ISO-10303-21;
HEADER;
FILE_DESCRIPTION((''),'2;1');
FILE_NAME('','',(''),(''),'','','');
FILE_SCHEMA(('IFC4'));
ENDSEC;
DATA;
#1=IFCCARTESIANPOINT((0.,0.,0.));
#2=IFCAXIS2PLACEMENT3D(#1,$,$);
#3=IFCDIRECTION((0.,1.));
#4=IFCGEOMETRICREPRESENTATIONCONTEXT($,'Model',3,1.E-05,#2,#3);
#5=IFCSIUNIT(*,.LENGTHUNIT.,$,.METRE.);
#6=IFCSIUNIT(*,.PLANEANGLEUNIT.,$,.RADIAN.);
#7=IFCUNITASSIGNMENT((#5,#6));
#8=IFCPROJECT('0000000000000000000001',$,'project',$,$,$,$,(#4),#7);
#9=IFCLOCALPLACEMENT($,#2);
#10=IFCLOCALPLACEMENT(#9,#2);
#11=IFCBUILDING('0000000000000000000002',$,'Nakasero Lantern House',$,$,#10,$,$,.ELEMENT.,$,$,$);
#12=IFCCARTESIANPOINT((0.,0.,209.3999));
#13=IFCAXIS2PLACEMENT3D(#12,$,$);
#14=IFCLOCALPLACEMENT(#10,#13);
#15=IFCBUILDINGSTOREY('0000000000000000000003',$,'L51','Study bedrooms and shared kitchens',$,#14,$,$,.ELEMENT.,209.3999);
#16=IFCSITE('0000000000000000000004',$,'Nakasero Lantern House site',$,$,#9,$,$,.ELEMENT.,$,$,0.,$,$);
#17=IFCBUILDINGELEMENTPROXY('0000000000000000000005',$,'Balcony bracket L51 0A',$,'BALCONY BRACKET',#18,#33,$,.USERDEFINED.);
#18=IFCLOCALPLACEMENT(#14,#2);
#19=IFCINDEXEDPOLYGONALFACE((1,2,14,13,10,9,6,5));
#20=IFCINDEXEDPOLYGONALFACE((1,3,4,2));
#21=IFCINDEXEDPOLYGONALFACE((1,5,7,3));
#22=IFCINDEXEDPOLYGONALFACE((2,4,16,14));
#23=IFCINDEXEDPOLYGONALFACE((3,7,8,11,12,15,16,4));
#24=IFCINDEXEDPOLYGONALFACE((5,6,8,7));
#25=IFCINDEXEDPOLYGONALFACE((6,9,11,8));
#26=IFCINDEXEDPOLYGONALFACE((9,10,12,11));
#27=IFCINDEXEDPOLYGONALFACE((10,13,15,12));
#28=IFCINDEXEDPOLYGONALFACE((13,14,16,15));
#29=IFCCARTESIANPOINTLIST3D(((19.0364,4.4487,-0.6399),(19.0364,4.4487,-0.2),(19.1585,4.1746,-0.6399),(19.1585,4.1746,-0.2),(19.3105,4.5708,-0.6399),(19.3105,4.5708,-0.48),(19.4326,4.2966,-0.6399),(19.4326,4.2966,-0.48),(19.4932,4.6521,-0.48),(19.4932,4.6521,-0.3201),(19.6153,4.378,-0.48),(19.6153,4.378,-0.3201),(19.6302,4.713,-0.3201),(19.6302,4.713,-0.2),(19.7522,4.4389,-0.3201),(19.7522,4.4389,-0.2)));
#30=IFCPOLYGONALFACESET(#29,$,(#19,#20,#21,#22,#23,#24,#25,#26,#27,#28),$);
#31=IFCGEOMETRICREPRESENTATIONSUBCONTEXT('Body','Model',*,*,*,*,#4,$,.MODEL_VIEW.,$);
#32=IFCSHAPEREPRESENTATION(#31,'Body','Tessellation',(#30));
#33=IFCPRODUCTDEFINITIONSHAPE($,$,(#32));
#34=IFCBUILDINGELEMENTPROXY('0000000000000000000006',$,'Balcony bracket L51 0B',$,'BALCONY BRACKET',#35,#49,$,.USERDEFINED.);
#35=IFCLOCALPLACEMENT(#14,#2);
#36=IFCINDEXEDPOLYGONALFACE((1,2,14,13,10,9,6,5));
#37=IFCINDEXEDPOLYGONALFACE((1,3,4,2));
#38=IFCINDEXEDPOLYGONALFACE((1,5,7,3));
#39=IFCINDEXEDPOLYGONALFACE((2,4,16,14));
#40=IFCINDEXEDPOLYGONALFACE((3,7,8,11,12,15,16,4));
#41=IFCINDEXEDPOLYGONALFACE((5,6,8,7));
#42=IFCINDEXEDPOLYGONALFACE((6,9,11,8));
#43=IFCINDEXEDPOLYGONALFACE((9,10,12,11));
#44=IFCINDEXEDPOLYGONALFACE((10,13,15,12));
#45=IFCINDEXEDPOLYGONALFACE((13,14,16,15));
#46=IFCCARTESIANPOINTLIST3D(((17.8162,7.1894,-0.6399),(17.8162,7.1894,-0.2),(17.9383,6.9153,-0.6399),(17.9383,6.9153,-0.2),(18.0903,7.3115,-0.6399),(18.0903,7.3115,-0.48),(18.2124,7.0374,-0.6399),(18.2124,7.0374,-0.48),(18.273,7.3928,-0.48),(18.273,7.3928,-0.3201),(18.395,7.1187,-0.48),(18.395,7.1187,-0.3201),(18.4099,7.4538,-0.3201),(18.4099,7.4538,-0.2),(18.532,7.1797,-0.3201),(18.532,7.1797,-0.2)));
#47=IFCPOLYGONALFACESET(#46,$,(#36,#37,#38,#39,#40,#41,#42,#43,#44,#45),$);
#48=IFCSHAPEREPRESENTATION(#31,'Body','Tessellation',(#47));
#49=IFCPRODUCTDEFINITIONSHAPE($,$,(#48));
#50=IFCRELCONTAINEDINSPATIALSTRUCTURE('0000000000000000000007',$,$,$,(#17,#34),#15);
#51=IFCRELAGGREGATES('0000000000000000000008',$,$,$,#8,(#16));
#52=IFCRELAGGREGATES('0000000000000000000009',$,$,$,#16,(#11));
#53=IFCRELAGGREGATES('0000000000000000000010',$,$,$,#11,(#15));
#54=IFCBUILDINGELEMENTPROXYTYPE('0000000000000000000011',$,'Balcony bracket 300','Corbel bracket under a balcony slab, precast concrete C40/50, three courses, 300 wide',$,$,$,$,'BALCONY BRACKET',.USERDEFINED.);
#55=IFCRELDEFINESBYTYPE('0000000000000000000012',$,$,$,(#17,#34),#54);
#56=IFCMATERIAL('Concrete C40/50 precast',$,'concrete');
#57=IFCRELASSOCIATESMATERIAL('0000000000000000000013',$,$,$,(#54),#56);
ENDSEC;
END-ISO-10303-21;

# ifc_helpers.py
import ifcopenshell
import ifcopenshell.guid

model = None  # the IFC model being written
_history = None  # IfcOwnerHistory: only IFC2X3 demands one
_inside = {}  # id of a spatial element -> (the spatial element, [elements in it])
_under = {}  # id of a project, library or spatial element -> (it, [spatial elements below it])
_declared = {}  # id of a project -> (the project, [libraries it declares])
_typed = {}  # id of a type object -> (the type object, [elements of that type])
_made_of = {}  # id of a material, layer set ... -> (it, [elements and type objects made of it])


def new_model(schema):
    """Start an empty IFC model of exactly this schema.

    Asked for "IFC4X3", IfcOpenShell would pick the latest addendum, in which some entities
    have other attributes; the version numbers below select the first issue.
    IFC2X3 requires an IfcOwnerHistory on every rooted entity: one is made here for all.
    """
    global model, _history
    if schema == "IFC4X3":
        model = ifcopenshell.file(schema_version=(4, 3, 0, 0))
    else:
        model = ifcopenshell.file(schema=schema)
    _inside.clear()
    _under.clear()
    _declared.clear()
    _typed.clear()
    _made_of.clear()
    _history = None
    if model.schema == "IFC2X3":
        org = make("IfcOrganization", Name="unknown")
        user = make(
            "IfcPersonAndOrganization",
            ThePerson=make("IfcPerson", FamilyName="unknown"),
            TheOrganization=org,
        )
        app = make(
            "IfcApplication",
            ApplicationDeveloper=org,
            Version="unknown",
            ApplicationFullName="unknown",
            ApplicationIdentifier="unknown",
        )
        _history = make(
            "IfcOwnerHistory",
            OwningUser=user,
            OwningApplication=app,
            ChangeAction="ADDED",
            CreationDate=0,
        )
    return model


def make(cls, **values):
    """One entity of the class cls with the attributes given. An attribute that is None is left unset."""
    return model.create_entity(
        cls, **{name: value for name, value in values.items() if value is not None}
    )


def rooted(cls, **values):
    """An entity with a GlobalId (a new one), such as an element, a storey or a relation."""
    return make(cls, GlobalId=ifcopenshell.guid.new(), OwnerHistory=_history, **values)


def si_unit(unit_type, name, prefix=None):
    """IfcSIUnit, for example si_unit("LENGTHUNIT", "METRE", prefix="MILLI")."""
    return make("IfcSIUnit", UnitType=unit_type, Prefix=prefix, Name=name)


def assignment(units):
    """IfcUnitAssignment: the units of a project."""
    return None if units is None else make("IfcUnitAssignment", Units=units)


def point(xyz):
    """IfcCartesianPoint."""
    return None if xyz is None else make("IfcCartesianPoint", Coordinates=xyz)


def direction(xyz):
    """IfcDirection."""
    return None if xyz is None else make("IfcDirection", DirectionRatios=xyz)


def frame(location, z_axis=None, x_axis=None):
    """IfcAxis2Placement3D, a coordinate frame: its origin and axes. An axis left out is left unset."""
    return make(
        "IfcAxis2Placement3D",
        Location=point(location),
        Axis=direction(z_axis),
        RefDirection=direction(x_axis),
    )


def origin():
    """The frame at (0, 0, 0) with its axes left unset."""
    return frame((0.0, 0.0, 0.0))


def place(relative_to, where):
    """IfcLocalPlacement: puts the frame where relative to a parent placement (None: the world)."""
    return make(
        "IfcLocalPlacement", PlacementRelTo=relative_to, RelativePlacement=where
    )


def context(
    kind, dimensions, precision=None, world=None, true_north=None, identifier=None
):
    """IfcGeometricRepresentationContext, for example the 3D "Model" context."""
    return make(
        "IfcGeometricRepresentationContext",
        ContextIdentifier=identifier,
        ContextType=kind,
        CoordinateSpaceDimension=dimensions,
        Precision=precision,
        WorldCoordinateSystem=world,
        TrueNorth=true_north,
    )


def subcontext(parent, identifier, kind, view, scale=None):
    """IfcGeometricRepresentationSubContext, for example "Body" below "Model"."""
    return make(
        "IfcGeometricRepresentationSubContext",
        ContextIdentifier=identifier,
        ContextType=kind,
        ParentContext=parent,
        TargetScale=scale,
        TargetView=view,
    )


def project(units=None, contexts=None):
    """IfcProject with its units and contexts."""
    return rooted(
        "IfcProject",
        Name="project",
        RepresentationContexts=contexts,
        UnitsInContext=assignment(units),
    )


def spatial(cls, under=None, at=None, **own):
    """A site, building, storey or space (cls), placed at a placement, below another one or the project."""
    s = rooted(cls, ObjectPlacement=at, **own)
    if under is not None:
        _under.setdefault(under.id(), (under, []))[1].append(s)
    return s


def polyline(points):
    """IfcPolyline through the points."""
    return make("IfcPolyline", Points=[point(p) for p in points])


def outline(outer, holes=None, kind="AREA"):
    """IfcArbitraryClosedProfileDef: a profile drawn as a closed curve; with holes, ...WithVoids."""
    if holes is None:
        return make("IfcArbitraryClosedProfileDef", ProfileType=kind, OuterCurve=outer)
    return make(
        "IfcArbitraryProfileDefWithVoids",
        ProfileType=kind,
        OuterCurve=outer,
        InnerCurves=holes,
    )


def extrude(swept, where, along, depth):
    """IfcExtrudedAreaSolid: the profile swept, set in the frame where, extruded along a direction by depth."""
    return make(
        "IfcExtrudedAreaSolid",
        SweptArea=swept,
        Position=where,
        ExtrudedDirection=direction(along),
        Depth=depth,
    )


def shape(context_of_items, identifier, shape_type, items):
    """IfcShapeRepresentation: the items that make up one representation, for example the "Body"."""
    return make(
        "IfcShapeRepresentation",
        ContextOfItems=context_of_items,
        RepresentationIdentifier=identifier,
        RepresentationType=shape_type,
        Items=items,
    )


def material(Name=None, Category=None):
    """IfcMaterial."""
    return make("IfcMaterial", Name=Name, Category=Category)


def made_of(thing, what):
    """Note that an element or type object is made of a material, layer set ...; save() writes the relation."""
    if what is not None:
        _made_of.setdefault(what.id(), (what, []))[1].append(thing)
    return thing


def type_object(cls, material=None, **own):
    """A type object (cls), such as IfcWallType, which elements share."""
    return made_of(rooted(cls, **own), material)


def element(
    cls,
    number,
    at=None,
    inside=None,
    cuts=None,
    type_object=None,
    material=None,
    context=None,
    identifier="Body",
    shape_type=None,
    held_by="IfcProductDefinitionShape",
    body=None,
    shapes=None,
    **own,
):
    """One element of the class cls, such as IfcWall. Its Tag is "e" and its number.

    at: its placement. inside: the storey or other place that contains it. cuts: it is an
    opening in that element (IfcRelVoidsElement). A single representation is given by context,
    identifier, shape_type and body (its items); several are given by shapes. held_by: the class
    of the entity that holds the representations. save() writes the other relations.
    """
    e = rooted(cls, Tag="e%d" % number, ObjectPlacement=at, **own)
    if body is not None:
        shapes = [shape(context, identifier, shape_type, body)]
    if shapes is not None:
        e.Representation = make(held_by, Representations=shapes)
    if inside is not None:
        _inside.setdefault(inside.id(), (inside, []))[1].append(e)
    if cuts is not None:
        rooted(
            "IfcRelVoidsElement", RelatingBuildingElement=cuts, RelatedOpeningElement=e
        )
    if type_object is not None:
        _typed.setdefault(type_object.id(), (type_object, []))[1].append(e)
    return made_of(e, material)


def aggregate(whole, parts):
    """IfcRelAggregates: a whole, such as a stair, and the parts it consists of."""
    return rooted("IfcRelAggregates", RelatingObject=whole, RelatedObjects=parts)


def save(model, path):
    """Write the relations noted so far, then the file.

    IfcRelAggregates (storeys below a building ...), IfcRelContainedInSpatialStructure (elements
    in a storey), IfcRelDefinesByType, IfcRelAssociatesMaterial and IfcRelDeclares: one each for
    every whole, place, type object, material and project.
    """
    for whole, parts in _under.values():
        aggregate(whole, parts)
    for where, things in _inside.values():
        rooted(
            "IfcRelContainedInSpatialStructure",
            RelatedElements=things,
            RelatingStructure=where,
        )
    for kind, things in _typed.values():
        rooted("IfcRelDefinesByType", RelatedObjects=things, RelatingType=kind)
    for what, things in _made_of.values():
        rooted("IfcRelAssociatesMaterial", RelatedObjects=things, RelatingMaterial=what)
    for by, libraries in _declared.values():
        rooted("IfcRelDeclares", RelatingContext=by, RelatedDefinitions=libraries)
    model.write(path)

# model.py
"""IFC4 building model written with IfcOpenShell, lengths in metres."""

from ifc_helpers import new_model, si_unit, direction, frame, origin, place, context, subcontext, project, spatial, polyline, outline, extrude, material, type_object, element, save


model = new_model("IFC4")

# Units and contexts
model_context = context("Model", 3, precision=1e-05, world=origin(), true_north=direction((0.0, 1.0)))
body_context = subcontext(model_context, "Body", "Model", "MODEL_VIEW")
ifc_project = project(units=[si_unit("LENGTHUNIT", "METRE"), si_unit("PLANEANGLEUNIT", "RADIAN")], contexts=[model_context])

# Site, building, storey
site_placement = place(None, origin())
site = spatial("IfcSite", under=ifc_project, at=site_placement, Name="Nakasero Lantern House site", CompositionType="ELEMENT", RefElevation=0.0)
building_placement = place(site_placement, origin())
building = spatial("IfcBuilding", under=site, at=building_placement, Name="Nakasero Lantern House", CompositionType="ELEMENT")
storey_placement = place(building_placement, frame((0.0, 0.0, 209.3999)))
storey = spatial("IfcBuildingStorey", under=building, at=storey_placement, Name="L51", Description="Study bedrooms and shared kitchens", CompositionType="ELEMENT", Elevation=209.3999)

# Building element proxies
ifc_material_1 = material(Name="Concrete C40/50 precast", Category="concrete")
building_element_proxy_type = type_object("IfcBuildingElementProxyType", Name="Balcony bracket 300", Description="Corbel bracket under a balcony slab, precast concrete C40/50, three courses, 300 wide", ElementType="BALCONY BRACKET", PredefinedType="USERDEFINED", material=ifc_material_1)
for number, where, z_axis, x_axis, name in (
    (1, (19.0974, 4.3118, -0.2), (0.0, 0.0, 1.0), (0.913545, 0.406737, 0.0), "Balcony bracket L51 0A"),
    (2, (17.8772, 7.0525, -0.2), (0.0, 0.0, 1.0), (0.913545, 0.406737, 0.0), "Balcony bracket L51 0B"),
):
    element("IfcBuildingElementProxy", number, at=place(storey_placement, frame(where, z_axis=z_axis, x_axis=x_axis)), inside=storey, type_object=building_element_proxy_type, Name=name, ObjectType="BALCONY BRACKET", PredefinedType="USERDEFINED", context=body_context, shape_type="SweptSolid", body=[
        extrude(outline(polyline([(0.0, 0.0), (0.6499, 0.0), (0.6499, -0.1201), (0.5, -0.1201), (0.5, -0.28), (0.3, -0.28), (0.3, -0.4399), (0.0, -0.4399), (0.0, 0.0)])), frame((0.0, 0.1499, 0.0), z_axis=(0.0, -1.0, 0.0), x_axis=(1.0, 0.0, 0.0)), (0.0, 0.0, 1.0), 0.3),
    ])

save(model, "model.ifc")
